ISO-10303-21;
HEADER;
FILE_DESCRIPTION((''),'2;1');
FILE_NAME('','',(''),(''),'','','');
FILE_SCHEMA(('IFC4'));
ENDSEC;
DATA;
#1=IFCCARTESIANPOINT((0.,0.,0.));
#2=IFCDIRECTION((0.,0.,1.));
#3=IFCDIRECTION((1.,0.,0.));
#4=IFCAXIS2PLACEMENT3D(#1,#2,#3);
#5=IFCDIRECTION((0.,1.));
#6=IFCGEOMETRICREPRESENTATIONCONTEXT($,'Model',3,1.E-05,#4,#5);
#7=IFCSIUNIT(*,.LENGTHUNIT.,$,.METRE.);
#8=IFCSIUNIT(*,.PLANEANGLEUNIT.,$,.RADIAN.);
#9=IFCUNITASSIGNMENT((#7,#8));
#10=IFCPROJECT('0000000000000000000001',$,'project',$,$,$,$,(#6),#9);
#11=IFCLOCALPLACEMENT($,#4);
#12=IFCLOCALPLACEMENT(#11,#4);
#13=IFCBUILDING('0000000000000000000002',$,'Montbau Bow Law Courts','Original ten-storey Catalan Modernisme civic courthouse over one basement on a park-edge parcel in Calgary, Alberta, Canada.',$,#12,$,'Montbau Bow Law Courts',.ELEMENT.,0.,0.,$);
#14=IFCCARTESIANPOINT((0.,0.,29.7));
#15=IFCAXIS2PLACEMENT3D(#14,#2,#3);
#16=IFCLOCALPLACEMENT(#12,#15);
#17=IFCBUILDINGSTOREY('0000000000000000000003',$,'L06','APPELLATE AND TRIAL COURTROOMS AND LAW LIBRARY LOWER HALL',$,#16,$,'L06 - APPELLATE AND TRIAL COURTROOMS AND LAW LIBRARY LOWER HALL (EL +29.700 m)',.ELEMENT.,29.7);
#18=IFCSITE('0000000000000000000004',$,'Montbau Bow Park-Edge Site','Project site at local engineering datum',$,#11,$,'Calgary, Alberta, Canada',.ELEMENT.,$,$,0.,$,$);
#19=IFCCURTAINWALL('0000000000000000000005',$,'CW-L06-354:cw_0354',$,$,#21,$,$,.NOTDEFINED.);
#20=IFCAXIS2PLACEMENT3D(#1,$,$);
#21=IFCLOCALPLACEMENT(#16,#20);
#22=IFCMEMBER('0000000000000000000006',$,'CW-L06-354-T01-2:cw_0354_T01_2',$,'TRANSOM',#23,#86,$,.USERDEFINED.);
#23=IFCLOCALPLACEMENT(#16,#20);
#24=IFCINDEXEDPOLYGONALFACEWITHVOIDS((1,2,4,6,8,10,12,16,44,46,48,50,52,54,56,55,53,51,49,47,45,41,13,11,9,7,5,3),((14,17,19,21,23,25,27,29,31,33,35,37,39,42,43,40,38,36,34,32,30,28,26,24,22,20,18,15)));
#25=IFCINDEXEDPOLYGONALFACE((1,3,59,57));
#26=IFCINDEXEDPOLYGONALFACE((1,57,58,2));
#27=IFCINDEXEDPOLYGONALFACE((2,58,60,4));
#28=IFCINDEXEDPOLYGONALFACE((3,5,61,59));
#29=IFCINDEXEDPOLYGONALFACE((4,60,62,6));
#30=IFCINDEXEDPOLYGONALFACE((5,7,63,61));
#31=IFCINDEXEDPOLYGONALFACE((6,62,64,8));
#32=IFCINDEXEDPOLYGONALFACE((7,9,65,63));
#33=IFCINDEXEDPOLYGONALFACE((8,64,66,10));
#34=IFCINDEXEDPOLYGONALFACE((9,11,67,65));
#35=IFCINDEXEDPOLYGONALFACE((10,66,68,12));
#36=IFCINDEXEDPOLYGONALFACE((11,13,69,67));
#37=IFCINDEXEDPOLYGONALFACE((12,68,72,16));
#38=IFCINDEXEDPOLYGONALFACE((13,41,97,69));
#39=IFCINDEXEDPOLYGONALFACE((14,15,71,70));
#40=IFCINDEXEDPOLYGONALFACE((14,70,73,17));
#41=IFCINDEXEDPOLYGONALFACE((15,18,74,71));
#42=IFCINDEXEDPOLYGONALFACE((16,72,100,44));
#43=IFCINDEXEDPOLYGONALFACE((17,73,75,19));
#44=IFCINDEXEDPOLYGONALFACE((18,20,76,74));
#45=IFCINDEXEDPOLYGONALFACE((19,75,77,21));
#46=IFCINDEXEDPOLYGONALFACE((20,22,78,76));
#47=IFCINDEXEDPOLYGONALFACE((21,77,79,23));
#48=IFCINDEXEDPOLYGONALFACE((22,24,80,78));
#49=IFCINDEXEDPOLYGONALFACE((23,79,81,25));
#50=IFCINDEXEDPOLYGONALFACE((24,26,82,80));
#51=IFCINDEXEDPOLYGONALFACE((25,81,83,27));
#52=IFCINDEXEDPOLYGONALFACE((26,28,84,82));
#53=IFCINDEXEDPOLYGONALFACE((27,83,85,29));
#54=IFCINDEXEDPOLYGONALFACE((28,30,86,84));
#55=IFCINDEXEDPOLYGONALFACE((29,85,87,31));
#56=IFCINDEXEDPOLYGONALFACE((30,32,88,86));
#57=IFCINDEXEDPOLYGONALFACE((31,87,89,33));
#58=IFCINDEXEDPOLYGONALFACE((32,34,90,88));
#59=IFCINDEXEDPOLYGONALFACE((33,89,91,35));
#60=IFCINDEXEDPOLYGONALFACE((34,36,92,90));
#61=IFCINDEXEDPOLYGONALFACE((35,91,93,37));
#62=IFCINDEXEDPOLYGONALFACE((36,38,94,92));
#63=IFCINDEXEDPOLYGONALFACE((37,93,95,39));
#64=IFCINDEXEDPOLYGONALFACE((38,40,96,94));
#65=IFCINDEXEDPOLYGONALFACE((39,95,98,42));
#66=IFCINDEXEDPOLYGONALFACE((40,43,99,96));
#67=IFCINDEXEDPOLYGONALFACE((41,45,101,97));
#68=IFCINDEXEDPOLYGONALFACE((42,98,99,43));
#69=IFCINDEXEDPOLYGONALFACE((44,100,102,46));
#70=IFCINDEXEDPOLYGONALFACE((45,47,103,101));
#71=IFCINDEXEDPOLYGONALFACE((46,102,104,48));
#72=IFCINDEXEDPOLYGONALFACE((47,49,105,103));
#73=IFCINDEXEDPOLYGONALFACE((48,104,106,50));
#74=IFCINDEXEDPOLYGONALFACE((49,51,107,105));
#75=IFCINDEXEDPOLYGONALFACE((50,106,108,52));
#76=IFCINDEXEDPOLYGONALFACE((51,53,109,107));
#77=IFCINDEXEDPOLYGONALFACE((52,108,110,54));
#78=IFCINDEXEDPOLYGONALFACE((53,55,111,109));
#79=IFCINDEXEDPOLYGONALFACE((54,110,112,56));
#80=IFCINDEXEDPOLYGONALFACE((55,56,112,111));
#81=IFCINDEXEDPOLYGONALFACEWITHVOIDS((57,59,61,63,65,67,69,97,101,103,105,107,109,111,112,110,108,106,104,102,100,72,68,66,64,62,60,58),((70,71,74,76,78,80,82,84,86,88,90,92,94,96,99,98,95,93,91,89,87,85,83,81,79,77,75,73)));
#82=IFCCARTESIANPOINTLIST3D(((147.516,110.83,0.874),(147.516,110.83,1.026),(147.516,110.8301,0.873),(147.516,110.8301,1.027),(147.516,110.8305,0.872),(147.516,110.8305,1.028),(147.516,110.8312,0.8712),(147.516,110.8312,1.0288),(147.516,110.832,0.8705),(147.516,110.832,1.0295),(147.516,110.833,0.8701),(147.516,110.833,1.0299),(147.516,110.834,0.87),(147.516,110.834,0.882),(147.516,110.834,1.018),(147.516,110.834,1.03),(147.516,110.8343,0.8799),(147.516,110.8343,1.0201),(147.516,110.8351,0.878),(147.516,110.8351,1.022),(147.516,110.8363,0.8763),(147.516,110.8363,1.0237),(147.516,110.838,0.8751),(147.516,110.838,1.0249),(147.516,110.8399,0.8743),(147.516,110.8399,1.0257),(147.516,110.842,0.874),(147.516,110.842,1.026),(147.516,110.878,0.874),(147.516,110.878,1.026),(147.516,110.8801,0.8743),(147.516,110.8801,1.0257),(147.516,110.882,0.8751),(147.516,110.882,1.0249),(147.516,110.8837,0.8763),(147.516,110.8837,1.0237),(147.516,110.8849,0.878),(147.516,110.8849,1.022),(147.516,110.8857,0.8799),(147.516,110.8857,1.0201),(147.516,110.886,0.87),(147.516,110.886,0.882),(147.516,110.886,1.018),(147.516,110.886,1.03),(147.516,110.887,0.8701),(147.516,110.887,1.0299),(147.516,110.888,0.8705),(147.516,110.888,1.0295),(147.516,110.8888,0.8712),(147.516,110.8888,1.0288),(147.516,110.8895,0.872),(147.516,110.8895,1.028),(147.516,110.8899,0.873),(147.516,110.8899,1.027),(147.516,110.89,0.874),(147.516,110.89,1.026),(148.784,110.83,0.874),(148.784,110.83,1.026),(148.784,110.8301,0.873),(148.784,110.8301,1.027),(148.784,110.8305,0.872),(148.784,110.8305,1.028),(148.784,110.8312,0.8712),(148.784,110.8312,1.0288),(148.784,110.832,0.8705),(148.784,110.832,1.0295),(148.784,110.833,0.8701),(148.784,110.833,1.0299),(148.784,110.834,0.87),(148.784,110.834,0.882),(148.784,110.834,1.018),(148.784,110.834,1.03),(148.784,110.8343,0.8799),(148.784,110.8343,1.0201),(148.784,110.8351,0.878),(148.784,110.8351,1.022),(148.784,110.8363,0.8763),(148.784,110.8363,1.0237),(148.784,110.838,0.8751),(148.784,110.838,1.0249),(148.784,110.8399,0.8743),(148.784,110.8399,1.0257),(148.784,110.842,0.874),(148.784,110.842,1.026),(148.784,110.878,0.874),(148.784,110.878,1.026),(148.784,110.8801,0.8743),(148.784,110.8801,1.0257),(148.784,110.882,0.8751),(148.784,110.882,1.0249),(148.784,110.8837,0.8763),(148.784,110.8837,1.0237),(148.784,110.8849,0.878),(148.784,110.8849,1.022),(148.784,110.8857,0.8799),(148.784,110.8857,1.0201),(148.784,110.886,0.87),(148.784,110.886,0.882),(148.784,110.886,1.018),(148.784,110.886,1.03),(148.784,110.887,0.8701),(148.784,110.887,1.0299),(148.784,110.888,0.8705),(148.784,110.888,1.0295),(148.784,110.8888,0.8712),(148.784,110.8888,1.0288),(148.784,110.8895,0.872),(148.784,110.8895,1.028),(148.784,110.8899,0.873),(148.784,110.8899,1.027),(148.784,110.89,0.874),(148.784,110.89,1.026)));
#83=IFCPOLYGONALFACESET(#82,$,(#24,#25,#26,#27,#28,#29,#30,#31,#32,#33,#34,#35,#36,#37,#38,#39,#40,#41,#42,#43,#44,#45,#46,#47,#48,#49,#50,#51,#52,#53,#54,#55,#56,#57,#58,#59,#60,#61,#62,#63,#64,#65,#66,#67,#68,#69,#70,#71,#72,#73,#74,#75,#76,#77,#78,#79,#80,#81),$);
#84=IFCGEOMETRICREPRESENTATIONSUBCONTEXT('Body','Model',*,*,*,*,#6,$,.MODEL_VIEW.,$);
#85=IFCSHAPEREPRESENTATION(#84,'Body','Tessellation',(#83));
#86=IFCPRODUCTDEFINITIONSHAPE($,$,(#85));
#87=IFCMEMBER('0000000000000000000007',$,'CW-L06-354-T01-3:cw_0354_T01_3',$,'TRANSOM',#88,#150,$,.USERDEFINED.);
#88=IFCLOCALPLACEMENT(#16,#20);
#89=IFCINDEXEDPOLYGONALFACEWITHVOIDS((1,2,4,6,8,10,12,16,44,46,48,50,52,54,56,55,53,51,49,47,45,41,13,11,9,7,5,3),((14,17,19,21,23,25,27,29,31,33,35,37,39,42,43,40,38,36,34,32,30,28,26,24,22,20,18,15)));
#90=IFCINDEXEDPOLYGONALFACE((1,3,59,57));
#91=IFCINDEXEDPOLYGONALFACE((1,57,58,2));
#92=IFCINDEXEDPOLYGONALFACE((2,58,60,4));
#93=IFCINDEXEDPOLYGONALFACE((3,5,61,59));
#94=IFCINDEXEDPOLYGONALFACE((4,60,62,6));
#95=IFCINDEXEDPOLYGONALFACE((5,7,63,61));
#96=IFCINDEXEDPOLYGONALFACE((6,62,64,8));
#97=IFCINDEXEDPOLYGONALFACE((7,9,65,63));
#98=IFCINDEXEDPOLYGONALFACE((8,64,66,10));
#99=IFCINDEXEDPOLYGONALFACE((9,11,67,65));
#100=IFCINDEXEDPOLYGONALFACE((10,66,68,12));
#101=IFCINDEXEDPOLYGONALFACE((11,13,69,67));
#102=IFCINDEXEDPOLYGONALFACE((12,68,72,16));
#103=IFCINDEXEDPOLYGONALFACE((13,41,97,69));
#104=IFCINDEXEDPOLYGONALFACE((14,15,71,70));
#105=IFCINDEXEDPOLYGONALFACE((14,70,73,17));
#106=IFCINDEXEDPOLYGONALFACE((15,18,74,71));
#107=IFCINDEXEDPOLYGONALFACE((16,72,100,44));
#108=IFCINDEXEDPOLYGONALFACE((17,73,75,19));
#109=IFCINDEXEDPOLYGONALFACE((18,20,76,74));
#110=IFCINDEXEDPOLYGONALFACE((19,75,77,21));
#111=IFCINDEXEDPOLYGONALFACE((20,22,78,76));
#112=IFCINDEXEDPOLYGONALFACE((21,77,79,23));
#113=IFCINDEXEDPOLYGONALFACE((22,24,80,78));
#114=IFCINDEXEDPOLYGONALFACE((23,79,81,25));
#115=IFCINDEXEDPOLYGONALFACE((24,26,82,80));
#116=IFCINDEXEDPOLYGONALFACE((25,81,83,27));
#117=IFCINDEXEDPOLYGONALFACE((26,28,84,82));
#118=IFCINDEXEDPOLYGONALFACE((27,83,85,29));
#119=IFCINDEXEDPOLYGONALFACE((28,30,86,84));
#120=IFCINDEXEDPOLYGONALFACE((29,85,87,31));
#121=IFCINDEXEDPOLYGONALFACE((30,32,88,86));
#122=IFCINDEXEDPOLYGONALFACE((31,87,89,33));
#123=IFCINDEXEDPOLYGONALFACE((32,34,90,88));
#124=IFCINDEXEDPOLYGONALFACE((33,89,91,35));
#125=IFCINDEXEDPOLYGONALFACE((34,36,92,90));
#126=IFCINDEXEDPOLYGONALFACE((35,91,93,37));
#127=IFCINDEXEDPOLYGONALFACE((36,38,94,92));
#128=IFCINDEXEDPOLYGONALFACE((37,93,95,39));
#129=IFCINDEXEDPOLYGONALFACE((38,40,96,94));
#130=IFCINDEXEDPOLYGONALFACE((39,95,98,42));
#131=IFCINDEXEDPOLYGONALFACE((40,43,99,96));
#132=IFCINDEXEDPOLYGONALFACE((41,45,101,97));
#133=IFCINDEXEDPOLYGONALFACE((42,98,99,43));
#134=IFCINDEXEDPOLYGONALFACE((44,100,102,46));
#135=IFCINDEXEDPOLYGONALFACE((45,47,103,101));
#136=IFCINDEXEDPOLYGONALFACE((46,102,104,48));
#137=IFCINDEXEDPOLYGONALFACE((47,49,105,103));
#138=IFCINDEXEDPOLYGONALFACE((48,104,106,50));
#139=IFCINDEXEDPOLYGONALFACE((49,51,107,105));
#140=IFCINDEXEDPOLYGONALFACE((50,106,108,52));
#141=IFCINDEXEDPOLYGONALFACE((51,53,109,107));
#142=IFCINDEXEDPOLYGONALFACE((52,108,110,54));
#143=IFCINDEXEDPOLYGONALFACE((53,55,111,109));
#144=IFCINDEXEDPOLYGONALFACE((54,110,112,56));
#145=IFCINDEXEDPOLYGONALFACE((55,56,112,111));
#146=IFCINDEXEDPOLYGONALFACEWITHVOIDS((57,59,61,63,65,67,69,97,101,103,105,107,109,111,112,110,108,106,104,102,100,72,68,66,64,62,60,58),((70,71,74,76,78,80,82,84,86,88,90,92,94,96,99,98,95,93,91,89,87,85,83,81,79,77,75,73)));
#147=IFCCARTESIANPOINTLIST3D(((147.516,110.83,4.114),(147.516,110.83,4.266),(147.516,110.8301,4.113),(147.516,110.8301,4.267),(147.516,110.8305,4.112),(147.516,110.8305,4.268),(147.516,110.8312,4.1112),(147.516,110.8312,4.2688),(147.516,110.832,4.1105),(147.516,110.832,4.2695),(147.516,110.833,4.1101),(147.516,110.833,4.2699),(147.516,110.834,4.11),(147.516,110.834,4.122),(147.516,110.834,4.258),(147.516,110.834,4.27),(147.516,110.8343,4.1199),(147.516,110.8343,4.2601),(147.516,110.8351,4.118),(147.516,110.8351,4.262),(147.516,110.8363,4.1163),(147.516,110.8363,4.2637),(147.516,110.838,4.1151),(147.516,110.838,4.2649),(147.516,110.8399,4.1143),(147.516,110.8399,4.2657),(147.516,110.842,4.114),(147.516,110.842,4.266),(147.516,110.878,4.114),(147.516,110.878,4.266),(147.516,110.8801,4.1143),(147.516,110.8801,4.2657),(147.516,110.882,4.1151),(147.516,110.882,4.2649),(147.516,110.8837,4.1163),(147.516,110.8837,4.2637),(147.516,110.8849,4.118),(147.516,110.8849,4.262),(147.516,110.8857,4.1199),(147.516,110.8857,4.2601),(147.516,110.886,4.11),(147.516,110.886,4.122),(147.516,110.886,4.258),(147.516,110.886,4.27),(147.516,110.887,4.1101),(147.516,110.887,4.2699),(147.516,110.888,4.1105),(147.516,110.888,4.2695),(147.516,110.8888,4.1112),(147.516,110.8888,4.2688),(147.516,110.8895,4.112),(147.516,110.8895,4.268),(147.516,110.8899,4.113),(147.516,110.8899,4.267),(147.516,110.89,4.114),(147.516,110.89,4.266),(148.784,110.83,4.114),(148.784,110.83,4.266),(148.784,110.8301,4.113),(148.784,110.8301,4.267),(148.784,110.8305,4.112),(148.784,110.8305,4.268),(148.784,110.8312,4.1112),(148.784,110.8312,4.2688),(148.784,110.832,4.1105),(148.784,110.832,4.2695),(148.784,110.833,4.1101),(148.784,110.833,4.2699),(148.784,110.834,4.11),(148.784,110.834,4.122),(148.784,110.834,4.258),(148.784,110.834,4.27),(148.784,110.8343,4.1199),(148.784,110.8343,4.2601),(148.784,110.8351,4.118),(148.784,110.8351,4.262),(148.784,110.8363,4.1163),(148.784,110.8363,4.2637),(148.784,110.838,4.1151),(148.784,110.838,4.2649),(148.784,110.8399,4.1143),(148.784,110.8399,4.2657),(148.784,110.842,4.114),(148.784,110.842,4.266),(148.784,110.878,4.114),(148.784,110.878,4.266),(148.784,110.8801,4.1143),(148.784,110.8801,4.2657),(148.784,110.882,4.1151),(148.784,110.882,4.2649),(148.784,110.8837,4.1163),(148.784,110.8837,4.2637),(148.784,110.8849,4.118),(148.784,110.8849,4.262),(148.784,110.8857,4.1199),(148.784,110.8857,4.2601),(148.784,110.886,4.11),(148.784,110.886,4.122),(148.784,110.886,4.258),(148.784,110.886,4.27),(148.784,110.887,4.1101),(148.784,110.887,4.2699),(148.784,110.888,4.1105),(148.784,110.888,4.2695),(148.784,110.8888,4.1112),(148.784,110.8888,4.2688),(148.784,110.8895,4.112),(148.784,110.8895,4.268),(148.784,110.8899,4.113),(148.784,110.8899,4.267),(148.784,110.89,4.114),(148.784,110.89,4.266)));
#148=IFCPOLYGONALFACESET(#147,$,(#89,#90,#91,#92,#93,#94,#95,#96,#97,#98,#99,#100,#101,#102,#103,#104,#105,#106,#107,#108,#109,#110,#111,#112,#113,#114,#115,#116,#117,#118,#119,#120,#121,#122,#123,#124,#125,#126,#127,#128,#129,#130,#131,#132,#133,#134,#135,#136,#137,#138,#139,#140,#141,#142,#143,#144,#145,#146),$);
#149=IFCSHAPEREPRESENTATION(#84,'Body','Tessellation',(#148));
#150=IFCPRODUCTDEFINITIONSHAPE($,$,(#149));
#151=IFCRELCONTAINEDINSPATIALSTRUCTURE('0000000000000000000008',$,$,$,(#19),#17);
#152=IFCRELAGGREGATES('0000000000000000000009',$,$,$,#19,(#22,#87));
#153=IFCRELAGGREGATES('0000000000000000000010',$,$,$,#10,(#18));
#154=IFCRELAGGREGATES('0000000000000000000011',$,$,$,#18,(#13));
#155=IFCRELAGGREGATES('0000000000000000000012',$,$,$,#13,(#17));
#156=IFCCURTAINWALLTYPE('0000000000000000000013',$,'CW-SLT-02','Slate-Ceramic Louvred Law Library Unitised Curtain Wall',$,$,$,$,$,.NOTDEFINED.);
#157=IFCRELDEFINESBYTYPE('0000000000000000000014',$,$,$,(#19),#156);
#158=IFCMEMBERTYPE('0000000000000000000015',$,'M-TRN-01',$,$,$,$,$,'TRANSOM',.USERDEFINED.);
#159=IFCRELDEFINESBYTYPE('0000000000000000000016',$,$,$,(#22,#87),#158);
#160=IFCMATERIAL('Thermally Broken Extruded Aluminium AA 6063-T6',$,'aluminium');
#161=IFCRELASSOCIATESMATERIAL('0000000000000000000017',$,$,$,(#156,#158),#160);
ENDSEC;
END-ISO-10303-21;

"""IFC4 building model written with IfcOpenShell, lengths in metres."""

from ifc_helpers import new_model, si_unit, direction, frame, origin_with_axes, origin_2d_with_axis, place, context, subcontext, project, spatial, hollow_rectangle, extrude, material, material_profile, profile_set, type_object, element, aggregate, save


model = new_model("IFC4")

# Units and contexts
model_context = context("Model", 3, precision=1e-05, world=origin_with_axes(), true_north=direction((0.0, 1.0)))
body_context = subcontext(model_context, "Body", "Model", "MODEL_VIEW")
ifc_project = project(units=[si_unit("LENGTHUNIT", "METRE"), si_unit("PLANEANGLEUNIT", "RADIAN")], contexts=[model_context])

# Site, building, storey
site_placement = place(None, origin_with_axes())
site = spatial("IfcSite", under=ifc_project, at=site_placement, Name="Montbau Bow Park-Edge Site", Description="Project site at local engineering datum", LongName="Calgary, Alberta, Canada", CompositionType="ELEMENT", RefElevation=0.0)
building_placement = place(site_placement, origin_with_axes())
building = spatial("IfcBuilding", under=site, at=building_placement, Name="Montbau Bow Law Courts", Description="Original ten-storey Catalan Modernisme civic courthouse over one basement on a park-edge parcel in Calgary, Alberta, Canada.", LongName="Montbau Bow Law Courts", CompositionType="ELEMENT", ElevationOfRefHeight=0.0, ElevationOfTerrain=0.0)
storey_placement = place(building_placement, frame((0.0, 0.0, 29.7), z_axis=(0.0, 0.0, 1.0), x_axis=(1.0, 0.0, 0.0)))
storey = spatial("IfcBuildingStorey", under=building, at=storey_placement, Name="L06", Description="APPELLATE AND TRIAL COURTROOMS AND LAW LIBRARY LOWER HALL", LongName="L06 - APPELLATE AND TRIAL COURTROOMS AND LAW LIBRARY LOWER HALL (EL +29.700 m)", CompositionType="ELEMENT", Elevation=29.7)

# Curtain wall, members
ifc_material_1 = material(Name="Thermally Broken Extruded Aluminium AA 6063-T6", Category="aluminium")
curtain_wall_type = type_object("IfcCurtainWallType", Name="CW-SLT-02", Description="Slate-Ceramic Louvred Law Library Unitised Curtain Wall", PredefinedType="NOTDEFINED", material=ifc_material_1)
curtain_wall_placement = place(None, frame((147.44, 110.86, 29.7), z_axis=(0.0, 0.0, 1.0), x_axis=(1.0, 0.0, 0.0)))
curtain_wall = element("IfcCurtainWall", 1, at=curtain_wall_placement, inside=storey, type_object=curtain_wall_type, Name="CW-L06-354:cw_0354", PredefinedType="NOTDEFINED")
ifc_material_profile_1 = material_profile(ifc_material_1, hollow_rectangle(XDim=0.06, YDim=0.16, WallThickness=0.004, InnerFilletRadius=0.008, OuterFilletRadius=0.004, at=origin_2d_with_axis()), Name="CWT-160X60", Category="Main", Priority=0)
ifc_profile_set_1 = profile_set([ifc_material_profile_1], Name="Thermally Broken Extruded Aluminium AA 6063-T6")
member_type_1 = type_object("IfcMemberType", Name="M-TRN-01", ElementType="TRANSOM", PredefinedType="USERDEFINED", material=ifc_profile_set_1)
member_1_placement = place(None, frame((147.516, 110.86, 30.65), z_axis=(1.0, 0.0, 0.0), x_axis=(0.0, 1.0, 0.0)))
member_1 = element("IfcMember", 2, at=member_1_placement, type_object=member_type_1, Name="CW-L06-354-T01-2:cw_0354_T01_2", ObjectType="TRANSOM", PredefinedType="USERDEFINED", context=body_context, shape_type="SweptSolid", body=[
    extrude(hollow_rectangle(XDim=0.06, YDim=0.16, WallThickness=0.004, InnerFilletRadius=0.008, OuterFilletRadius=0.004, at=origin_2d_with_axis()), origin_with_axes(), (0.0, 0.0, 1.0), 1.268),
])
member_2_placement = place(None, frame((147.516, 110.86, 33.89), z_axis=(1.0, 0.0, 0.0), x_axis=(0.0, 1.0, 0.0)))
member_2 = element("IfcMember", 3, at=member_2_placement, type_object=member_type_1, Name="CW-L06-354-T01-3:cw_0354_T01_3", ObjectType="TRANSOM", PredefinedType="USERDEFINED", context=body_context, shape_type="SweptSolid", body=[
    extrude(hollow_rectangle(XDim=0.06, YDim=0.16, WallThickness=0.004, InnerFilletRadius=0.008, OuterFilletRadius=0.004, at=origin_2d_with_axis()), origin_with_axes(), (0.0, 0.0, 1.0), 1.268),
])
aggregate(curtain_wall, [member_1, member_2])

save(model, "model.ifc")
